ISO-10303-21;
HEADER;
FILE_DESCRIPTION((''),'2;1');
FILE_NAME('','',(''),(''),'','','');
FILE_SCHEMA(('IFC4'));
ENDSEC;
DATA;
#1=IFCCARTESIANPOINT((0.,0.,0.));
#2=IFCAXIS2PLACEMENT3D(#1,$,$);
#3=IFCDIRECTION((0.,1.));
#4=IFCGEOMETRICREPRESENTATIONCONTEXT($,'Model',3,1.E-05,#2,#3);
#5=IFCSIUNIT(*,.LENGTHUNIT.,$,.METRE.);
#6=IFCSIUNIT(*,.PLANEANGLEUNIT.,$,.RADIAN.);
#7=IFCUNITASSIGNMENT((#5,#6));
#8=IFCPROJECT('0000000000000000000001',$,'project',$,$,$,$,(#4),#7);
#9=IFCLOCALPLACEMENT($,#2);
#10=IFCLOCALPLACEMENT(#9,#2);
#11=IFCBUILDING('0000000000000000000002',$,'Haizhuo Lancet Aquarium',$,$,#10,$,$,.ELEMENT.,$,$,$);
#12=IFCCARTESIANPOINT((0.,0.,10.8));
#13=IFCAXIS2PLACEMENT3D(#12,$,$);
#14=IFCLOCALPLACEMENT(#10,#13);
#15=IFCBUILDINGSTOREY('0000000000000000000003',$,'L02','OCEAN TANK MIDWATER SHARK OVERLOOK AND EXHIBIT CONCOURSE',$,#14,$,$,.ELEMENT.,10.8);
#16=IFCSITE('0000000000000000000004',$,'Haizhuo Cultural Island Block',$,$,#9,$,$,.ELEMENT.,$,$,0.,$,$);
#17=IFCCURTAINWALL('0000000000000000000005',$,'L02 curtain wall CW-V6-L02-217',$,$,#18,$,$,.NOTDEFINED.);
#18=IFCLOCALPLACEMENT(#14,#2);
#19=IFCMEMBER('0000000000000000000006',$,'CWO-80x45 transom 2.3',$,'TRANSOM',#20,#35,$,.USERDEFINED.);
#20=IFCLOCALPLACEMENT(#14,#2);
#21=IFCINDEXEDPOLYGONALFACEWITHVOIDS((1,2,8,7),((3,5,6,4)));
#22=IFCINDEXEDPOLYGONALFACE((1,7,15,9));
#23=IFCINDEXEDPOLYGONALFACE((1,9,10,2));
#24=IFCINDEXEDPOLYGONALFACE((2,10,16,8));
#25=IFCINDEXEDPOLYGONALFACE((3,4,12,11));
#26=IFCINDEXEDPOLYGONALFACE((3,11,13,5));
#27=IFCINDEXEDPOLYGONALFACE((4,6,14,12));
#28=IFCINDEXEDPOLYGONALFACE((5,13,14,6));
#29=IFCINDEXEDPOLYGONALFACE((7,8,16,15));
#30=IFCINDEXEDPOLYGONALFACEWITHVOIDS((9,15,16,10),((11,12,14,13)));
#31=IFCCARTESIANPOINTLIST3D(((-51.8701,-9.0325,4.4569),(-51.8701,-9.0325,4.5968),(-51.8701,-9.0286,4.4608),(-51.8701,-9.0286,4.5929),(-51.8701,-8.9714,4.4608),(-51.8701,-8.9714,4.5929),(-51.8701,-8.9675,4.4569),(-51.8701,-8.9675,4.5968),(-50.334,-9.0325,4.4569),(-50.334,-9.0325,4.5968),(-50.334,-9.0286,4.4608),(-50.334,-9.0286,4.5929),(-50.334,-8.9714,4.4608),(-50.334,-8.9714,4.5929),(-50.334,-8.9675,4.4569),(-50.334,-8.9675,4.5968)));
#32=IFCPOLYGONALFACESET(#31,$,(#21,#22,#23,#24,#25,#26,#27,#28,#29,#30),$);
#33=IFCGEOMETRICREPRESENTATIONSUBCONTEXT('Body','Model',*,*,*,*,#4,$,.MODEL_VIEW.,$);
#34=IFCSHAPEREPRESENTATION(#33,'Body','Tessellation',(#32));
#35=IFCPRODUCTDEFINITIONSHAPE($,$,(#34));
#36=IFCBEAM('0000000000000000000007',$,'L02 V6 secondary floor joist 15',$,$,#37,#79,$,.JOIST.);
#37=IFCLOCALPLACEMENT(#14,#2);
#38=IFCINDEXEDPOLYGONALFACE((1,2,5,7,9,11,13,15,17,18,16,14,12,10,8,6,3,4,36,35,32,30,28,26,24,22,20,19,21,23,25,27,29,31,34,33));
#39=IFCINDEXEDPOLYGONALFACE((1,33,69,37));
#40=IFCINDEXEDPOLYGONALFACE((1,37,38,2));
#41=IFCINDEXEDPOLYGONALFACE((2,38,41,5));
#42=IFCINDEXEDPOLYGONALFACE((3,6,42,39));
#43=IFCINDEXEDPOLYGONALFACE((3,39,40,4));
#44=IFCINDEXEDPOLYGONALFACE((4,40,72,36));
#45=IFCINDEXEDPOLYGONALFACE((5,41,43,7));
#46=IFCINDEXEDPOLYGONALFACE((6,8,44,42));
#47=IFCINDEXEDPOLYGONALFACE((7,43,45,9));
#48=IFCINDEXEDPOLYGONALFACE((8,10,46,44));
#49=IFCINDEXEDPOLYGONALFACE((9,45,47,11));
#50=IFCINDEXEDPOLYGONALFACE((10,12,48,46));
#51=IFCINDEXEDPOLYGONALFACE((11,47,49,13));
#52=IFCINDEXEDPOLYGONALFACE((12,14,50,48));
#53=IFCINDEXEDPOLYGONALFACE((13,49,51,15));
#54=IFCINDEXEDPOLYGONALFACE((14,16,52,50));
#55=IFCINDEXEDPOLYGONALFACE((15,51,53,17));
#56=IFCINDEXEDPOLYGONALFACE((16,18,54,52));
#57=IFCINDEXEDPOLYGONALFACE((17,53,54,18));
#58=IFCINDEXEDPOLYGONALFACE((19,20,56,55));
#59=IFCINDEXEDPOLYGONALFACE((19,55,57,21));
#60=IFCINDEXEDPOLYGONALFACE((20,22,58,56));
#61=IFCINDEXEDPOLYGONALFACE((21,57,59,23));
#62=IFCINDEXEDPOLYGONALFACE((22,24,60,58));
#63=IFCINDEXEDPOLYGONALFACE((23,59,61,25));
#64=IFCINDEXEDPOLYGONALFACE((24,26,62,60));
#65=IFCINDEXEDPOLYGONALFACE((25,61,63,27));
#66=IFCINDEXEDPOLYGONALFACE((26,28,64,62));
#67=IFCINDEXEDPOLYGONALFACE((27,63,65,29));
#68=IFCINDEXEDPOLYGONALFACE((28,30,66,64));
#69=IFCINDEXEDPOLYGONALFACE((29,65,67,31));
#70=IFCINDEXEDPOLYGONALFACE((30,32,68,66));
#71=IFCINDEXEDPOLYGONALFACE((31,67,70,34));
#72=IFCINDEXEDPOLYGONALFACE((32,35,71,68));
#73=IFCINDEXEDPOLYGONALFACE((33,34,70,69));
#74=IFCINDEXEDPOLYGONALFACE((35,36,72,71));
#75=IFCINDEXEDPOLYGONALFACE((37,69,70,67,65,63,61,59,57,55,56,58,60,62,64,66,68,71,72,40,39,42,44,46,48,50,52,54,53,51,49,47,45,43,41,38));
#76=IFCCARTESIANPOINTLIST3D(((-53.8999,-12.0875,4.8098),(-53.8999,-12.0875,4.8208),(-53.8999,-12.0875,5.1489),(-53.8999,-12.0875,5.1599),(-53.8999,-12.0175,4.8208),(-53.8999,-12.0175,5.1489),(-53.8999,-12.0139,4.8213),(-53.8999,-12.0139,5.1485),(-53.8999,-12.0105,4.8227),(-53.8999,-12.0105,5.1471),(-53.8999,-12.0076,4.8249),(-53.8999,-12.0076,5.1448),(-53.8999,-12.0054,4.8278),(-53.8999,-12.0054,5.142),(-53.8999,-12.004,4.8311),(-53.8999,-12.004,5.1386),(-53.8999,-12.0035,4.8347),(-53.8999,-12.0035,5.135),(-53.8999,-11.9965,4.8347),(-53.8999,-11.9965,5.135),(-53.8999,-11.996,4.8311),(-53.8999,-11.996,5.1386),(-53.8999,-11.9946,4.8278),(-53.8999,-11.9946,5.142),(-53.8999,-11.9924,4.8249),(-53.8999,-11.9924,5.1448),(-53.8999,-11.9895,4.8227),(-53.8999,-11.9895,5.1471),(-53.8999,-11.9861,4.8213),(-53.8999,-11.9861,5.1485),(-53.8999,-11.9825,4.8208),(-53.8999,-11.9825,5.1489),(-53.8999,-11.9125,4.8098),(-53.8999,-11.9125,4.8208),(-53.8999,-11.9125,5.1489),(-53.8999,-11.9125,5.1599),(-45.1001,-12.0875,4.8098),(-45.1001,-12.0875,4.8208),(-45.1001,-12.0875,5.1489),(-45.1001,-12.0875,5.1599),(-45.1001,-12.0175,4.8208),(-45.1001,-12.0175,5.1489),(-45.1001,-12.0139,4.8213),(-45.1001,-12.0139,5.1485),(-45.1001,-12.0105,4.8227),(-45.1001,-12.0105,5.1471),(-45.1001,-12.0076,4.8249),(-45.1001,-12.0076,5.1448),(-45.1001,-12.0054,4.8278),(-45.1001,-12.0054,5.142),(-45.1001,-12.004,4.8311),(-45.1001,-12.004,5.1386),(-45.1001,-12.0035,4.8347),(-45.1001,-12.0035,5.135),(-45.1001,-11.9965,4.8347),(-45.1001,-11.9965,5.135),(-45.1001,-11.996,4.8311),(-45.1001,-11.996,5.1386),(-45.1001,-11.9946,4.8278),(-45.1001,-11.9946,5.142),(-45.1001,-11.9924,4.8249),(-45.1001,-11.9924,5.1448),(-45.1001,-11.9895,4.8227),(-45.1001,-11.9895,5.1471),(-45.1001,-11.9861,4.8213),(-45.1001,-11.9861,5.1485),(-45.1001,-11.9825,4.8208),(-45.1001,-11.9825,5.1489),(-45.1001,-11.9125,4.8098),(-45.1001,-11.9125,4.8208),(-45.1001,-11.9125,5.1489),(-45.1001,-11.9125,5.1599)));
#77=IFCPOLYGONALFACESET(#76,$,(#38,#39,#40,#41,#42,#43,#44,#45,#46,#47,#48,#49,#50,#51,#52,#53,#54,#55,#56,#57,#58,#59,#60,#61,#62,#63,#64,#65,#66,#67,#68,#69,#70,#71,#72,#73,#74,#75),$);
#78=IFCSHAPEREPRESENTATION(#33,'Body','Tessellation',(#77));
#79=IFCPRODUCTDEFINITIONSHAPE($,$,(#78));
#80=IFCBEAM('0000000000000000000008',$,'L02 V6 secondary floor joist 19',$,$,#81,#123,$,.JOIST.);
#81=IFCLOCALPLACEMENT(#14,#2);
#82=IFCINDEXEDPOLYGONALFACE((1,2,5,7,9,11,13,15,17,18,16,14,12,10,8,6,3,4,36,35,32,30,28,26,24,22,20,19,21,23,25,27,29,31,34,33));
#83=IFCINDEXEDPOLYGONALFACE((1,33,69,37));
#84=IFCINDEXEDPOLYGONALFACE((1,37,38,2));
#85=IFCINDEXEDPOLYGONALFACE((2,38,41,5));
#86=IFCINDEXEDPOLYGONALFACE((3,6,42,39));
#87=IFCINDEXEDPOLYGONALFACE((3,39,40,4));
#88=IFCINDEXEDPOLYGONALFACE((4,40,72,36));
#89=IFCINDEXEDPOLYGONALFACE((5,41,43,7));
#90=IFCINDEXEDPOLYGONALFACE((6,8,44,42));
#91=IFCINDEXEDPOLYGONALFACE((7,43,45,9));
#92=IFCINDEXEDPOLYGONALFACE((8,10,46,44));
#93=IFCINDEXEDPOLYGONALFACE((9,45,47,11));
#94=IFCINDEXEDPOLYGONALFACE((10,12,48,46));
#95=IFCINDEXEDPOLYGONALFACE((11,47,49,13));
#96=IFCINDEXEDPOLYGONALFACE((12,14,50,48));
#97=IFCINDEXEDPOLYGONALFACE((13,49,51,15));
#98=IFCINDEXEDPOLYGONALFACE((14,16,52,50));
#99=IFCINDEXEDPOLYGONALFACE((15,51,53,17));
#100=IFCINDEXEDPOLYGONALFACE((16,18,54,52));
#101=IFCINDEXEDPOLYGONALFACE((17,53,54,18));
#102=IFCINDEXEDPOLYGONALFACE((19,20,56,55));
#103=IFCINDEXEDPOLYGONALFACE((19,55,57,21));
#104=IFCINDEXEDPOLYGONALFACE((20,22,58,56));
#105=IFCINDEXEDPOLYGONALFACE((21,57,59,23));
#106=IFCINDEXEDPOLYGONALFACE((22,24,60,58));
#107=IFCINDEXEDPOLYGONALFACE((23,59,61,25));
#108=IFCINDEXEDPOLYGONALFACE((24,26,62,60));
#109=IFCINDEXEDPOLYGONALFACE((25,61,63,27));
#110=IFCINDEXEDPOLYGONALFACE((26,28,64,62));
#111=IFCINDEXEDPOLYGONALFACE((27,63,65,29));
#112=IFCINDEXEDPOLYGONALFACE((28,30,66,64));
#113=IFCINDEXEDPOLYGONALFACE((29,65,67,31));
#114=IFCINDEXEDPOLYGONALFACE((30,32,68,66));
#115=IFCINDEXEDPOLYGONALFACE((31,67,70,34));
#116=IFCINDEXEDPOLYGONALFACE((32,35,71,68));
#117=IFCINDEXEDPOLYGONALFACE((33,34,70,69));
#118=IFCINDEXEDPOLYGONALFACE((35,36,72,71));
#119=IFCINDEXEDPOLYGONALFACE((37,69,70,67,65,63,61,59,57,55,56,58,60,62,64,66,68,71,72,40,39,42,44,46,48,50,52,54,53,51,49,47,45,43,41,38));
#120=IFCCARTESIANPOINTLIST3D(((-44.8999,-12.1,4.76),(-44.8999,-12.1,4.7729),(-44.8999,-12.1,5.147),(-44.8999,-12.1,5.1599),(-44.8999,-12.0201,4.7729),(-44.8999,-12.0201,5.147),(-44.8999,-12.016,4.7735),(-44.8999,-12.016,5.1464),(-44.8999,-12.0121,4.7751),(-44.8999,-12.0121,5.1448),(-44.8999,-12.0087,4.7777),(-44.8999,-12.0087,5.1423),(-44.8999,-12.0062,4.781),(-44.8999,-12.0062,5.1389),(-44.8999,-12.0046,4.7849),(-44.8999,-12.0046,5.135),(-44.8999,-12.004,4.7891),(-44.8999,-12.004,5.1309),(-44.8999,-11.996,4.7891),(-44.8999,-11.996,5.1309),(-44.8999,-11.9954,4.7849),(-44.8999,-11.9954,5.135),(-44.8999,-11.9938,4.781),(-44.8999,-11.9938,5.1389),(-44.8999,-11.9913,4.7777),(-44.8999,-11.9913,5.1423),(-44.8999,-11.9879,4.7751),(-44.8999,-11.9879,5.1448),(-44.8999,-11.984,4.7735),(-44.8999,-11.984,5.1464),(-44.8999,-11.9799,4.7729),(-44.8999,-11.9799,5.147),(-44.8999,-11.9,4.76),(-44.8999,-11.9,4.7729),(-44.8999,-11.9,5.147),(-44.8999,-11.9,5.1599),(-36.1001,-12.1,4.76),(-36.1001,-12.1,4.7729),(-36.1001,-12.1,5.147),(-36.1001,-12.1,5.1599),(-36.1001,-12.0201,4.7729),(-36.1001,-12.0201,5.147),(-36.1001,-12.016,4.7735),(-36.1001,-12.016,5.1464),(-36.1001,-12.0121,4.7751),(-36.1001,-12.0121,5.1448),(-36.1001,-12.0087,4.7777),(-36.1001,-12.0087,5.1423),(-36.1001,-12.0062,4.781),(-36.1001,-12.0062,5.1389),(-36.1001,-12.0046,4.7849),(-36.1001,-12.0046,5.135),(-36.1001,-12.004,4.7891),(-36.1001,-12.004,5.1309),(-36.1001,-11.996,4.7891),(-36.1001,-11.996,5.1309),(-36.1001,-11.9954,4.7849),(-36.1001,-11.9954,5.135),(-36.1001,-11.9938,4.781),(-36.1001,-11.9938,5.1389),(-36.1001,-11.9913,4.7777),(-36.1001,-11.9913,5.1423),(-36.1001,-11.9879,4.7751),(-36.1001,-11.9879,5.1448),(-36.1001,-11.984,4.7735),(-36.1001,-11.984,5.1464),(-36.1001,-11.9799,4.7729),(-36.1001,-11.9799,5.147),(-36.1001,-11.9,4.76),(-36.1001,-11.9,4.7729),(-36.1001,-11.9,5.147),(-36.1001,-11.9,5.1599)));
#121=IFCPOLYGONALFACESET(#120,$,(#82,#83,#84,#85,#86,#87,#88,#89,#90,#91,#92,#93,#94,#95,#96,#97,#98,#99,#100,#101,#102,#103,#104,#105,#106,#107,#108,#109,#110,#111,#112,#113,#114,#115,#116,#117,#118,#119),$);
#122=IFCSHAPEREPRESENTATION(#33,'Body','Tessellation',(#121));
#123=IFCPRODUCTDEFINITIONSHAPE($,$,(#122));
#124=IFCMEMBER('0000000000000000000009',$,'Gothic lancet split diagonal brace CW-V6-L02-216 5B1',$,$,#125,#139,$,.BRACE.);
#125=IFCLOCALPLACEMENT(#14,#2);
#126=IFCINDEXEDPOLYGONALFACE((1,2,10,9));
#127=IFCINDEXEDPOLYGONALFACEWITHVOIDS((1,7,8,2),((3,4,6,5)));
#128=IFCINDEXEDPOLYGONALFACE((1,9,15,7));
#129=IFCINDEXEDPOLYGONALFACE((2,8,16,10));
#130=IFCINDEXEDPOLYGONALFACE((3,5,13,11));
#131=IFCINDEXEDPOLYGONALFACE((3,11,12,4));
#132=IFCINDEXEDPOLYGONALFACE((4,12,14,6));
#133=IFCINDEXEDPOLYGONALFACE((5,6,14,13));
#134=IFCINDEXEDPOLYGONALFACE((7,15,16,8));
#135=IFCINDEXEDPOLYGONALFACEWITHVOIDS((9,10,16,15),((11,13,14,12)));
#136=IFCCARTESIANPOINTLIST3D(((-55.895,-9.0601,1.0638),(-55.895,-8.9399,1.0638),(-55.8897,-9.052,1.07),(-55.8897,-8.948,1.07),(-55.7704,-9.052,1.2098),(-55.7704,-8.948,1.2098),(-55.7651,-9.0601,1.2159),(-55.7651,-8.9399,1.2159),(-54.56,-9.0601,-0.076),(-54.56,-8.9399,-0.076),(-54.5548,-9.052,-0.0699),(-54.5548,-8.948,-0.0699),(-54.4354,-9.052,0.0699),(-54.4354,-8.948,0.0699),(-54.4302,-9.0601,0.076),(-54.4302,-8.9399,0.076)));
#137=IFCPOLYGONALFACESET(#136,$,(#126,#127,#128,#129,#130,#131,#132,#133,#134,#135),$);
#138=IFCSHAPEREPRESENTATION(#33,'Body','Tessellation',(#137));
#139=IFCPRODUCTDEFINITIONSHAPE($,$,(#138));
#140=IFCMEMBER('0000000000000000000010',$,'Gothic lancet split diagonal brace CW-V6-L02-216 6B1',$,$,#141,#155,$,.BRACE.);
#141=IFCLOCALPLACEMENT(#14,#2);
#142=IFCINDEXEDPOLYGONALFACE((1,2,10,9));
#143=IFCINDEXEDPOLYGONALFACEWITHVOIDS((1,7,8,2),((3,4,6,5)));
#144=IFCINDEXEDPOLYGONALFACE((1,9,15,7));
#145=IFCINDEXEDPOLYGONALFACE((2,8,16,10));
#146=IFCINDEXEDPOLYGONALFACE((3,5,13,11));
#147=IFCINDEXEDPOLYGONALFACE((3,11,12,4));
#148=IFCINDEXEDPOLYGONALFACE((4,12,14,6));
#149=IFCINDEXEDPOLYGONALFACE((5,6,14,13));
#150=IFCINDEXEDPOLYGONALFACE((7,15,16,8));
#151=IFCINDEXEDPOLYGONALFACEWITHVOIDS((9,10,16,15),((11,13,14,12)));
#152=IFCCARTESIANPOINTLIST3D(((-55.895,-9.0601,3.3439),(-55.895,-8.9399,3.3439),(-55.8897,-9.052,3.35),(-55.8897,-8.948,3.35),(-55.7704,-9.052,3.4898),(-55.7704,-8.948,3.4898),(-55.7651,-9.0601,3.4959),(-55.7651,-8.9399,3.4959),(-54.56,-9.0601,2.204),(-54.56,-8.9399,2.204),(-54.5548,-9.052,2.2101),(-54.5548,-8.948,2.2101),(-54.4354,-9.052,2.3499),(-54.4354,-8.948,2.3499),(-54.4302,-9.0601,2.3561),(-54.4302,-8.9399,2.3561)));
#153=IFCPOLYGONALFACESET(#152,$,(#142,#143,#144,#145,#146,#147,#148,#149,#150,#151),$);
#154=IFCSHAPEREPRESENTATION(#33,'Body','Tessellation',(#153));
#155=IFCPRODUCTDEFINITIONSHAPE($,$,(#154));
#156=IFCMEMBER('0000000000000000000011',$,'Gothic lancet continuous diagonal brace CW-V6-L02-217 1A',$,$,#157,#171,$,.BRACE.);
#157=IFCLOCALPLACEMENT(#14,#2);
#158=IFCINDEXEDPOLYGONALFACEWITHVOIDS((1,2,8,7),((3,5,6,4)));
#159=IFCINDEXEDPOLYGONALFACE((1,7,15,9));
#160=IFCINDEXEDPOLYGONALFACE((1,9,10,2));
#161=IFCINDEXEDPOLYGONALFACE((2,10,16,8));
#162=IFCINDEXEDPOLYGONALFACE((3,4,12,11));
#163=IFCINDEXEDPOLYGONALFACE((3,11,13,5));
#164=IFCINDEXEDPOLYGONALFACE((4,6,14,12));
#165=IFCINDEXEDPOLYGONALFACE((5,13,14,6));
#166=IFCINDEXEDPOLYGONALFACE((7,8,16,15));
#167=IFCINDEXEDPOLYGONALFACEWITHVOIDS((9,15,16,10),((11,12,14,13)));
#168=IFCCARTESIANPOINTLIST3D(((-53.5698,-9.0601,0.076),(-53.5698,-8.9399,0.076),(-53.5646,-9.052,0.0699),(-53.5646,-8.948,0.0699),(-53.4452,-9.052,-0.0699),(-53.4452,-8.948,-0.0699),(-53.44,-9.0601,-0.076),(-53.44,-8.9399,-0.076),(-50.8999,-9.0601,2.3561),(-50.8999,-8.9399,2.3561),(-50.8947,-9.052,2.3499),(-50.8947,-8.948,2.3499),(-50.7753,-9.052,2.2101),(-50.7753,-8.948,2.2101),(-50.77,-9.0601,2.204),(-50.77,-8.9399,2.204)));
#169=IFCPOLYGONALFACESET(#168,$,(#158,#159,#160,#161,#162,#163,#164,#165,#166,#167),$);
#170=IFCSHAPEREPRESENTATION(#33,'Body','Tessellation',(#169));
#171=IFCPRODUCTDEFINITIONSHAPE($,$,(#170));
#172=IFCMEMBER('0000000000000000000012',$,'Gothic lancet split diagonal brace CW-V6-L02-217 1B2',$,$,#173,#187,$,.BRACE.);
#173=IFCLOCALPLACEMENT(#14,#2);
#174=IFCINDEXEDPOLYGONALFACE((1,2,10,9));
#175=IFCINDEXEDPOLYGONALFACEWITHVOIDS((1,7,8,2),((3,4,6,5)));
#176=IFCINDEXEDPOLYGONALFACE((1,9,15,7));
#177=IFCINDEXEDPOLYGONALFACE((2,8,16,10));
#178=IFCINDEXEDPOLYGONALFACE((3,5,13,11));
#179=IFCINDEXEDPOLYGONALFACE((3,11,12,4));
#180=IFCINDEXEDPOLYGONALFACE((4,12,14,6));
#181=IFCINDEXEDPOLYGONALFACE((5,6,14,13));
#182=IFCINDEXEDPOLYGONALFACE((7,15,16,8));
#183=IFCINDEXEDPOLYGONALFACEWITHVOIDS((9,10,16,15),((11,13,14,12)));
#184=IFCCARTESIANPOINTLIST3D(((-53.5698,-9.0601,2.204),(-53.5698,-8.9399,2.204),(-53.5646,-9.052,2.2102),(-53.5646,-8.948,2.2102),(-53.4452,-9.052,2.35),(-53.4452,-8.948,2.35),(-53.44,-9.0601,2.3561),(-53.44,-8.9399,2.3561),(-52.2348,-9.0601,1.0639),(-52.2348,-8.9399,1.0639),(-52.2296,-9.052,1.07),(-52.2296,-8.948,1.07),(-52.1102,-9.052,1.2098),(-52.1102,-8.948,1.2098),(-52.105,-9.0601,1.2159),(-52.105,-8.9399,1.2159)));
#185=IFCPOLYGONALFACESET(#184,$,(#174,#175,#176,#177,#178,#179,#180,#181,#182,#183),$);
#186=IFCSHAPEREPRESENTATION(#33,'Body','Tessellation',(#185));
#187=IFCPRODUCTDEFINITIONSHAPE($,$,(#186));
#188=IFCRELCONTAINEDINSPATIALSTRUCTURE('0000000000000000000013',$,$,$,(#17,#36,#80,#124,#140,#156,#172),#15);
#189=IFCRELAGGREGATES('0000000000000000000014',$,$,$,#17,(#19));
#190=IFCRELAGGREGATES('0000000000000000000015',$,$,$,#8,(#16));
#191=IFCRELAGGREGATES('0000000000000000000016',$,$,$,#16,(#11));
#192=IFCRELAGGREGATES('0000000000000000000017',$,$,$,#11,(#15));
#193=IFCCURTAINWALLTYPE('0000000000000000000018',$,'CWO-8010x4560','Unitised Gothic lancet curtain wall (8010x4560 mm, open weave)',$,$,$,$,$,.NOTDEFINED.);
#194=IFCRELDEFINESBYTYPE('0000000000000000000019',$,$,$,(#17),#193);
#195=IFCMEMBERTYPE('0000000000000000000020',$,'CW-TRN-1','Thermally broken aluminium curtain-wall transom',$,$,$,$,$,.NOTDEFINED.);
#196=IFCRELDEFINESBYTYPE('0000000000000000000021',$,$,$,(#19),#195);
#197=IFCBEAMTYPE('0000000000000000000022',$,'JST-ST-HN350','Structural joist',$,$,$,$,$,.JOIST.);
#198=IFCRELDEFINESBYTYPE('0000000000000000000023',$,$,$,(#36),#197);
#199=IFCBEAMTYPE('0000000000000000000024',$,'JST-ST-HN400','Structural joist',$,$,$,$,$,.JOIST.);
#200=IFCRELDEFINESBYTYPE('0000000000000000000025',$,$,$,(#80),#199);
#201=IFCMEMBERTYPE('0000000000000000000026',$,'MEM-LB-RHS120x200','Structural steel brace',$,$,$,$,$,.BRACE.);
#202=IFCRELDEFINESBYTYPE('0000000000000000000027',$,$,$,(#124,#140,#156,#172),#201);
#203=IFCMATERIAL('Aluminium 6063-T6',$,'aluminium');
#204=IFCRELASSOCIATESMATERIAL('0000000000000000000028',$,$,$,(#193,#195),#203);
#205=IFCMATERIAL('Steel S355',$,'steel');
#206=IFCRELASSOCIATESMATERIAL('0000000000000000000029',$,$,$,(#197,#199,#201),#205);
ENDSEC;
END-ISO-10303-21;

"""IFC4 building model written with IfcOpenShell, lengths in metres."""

from ifc_helpers import new_model, si_unit, direction, frame, origin, origin_2d, place, context, subcontext, project, spatial, hollow_rectangle, i_section, extrude, material, material_profile, profile_set, type_object, element, aggregate, save


model = new_model("IFC4")

# Units and contexts
model_context = context("Model", 3, precision=1e-05, world=origin(), true_north=direction((0.0, 1.0)))
body_context = subcontext(model_context, "Body", "Model", "MODEL_VIEW")
ifc_project = project(units=[si_unit("LENGTHUNIT", "METRE"), si_unit("PLANEANGLEUNIT", "RADIAN")], contexts=[model_context])

# Site, building, storey
site_placement = place(None, origin())
site = spatial("IfcSite", under=ifc_project, at=site_placement, Name="Haizhuo Cultural Island Block", CompositionType="ELEMENT", RefElevation=0.0)
building_placement = place(site_placement, origin())
building = spatial("IfcBuilding", under=site, at=building_placement, Name="Haizhuo Lancet Aquarium", CompositionType="ELEMENT")
storey_placement = place(building_placement, frame((0.0, 0.0, 10.8)))
storey = spatial("IfcBuildingStorey", under=building, at=storey_placement, Name="L02", Description="OCEAN TANK MIDWATER SHARK OVERLOOK AND EXHIBIT CONCOURSE", CompositionType="ELEMENT", Elevation=10.8)

# Shared definitions
ifc_material_1 = material(Name="Steel S355", Category="steel")

# Curtain wall, member
ifc_material_2 = material(Name="Aluminium 6063-T6", Category="aluminium")
curtain_wall_type = type_object("IfcCurtainWallType", Name="CWO-8010x4560", Description="Unitised Gothic lancet curtain wall (8010x4560 mm, open weave)", PredefinedType="NOTDEFINED", material=ifc_material_2)
curtain_wall_placement = place(storey_placement, origin())
curtain_wall = element("IfcCurtainWall", 1, at=curtain_wall_placement, inside=storey, type_object=curtain_wall_type, Name="L02 curtain wall CW-V6-L02-217", PredefinedType="NOTDEFINED")
ifc_material_profile_1 = material_profile(ifc_material_2, hollow_rectangle(XDim=0.0649, YDim=0.1399, WallThickness=0.0039, at=origin_2d()), Name="ALU-T 65x140x4")
ifc_profile_set_1 = profile_set([ifc_material_profile_1], Name="Aluminium 6063-T6")
member_type_1 = type_object("IfcMemberType", Name="CW-TRN-1", Description="Thermally broken aluminium curtain-wall transom", PredefinedType="NOTDEFINED", material=ifc_profile_set_1)
member_1_placement = place(storey_placement, frame((-51.8701, -9.0, 4.5269), z_axis=(1.0, 0.0, 0.0), x_axis=(0.0, 1.0, 0.0)))
member_1 = element("IfcMember", 2, at=member_1_placement, type_object=member_type_1, Name="CWO-80x45 transom 2.3", ObjectType="TRANSOM", PredefinedType="USERDEFINED", context=body_context, shape_type="SweptSolid", body=[
    extrude(hollow_rectangle(XDim=0.0649, YDim=0.1399, WallThickness=0.0039, at=origin_2d()), origin(), (0.0, 0.0, 1.0), 1.5361),
])

# Beams
ifc_material_profile_2 = material_profile(ifc_material_1, i_section(OverallWidth=0.175, OverallDepth=0.3501, WebThickness=0.0071, FlangeThickness=0.011, FilletRadius=0.0139, at=origin_2d()), Name="HN 350x175x7x11")
ifc_profile_set_2 = profile_set([ifc_material_profile_2], Name="Steel S355")
beam_type_1 = type_object("IfcBeamType", Name="JST-ST-HN350", Description="Structural joist", PredefinedType="JOIST", material=ifc_profile_set_2)
beam_1_placement = place(storey_placement, frame((-53.8999, -12.0, 4.9849), z_axis=(1.0, 0.0, 0.0), x_axis=(0.0, 1.0, 0.0)))
element("IfcBeam", 3, at=beam_1_placement, inside=storey, type_object=beam_type_1, Name="L02 V6 secondary floor joist 15", PredefinedType="JOIST", context=body_context, shape_type="SweptSolid", body=[
    extrude(i_section(OverallWidth=0.175, OverallDepth=0.3501, WebThickness=0.0071, FlangeThickness=0.011, FilletRadius=0.0139, at=origin_2d()), origin(), (0.0, 0.0, 1.0), 8.7998),
])
ifc_material_profile_3 = material_profile(ifc_material_1, i_section(OverallWidth=0.2, OverallDepth=0.3999, WebThickness=0.0081, FlangeThickness=0.0129, FilletRadius=0.0161, at=origin_2d()), Name="HN 400x200x8x13")
ifc_profile_set_3 = profile_set([ifc_material_profile_3], Name="Steel S355")
beam_type_2 = type_object("IfcBeamType", Name="JST-ST-HN400", Description="Structural joist", PredefinedType="JOIST", material=ifc_profile_set_3)
beam_2_placement = place(storey_placement, frame((-44.8999, -12.0, 4.96), z_axis=(1.0, 0.0, 0.0), x_axis=(0.0, 1.0, 0.0)))
element("IfcBeam", 4, at=beam_2_placement, inside=storey, type_object=beam_type_2, Name="L02 V6 secondary floor joist 19", PredefinedType="JOIST", context=body_context, shape_type="SweptSolid", body=[
    extrude(i_section(OverallWidth=0.2, OverallDepth=0.3999, WebThickness=0.0081, FlangeThickness=0.0129, FilletRadius=0.0161, at=origin_2d()), origin(), (0.0, 0.0, 1.0), 8.7998),
])

# Members
ifc_material_profile_4 = material_profile(ifc_material_1, hollow_rectangle(XDim=0.1201, YDim=0.2, WallThickness=0.0081, at=origin_2d()), Name="RHS 120x200x8")
ifc_profile_set_4 = profile_set([ifc_material_profile_4], Name="Steel S355")
member_type_2 = type_object("IfcMemberType", Name="MEM-LB-RHS120x200", Description="Structural steel brace", PredefinedType="BRACE", material=ifc_profile_set_4)
for number, where, z_axis, x_axis, name in (
    (5, (-54.4951, -9.0, 0.0), (-0.760482, 0.0, 0.649359), (0.0, -1.0, 0.0), "Gothic lancet split diagonal brace CW-V6-L02-216 5B1"),
    (6, (-54.4951, -9.0, 2.28), (-0.760482, 0.0, 0.649359), (0.0, -1.0, 0.0), "Gothic lancet split diagonal brace CW-V6-L02-216 6B1"),
):
    element("IfcMember", number, at=place(storey_placement, frame(where, z_axis=z_axis, x_axis=x_axis)), inside=storey, type_object=member_type_2, Name=name, PredefinedType="BRACE", context=body_context, shape_type="SweptSolid", body=[
        extrude(hollow_rectangle(XDim=0.1201, YDim=0.2, WallThickness=0.0081, at=origin_2d()), origin(), (0.0, 0.0, 1.0), 1.7554),
    ])
member_2_placement = place(storey_placement, frame((-53.5049, -9.0, 0.0), z_axis=(0.760448, 0.0, 0.649399), x_axis=(0.0, 1.0, 0.0)))
element("IfcMember", 7, at=member_2_placement, inside=storey, type_object=member_type_2, Name="Gothic lancet continuous diagonal brace CW-V6-L02-217 1A", PredefinedType="BRACE", context=body_context, shape_type="SweptSolid", body=[
    extrude(hollow_rectangle(XDim=0.1201, YDim=0.2, WallThickness=0.0081, at=origin_2d()), origin(), (0.0, 0.0, 1.0), 3.511),
])
member_3_placement = place(storey_placement, frame((-52.1699, -9.0, 1.1399), z_axis=(-0.760414, 0.0, 0.649439), x_axis=(0.0, -1.0, 0.0)))
element("IfcMember", 8, at=member_3_placement, inside=storey, type_object=member_type_2, Name="Gothic lancet split diagonal brace CW-V6-L02-217 1B2", PredefinedType="BRACE", context=body_context, shape_type="SweptSolid", body=[
    extrude(hollow_rectangle(XDim=0.1201, YDim=0.2, WallThickness=0.0081, at=origin_2d()), origin(), (0.0, 0.0, 1.0), 1.7556),
])

aggregate(curtain_wall, [member_1])

save(model, "model.ifc")
